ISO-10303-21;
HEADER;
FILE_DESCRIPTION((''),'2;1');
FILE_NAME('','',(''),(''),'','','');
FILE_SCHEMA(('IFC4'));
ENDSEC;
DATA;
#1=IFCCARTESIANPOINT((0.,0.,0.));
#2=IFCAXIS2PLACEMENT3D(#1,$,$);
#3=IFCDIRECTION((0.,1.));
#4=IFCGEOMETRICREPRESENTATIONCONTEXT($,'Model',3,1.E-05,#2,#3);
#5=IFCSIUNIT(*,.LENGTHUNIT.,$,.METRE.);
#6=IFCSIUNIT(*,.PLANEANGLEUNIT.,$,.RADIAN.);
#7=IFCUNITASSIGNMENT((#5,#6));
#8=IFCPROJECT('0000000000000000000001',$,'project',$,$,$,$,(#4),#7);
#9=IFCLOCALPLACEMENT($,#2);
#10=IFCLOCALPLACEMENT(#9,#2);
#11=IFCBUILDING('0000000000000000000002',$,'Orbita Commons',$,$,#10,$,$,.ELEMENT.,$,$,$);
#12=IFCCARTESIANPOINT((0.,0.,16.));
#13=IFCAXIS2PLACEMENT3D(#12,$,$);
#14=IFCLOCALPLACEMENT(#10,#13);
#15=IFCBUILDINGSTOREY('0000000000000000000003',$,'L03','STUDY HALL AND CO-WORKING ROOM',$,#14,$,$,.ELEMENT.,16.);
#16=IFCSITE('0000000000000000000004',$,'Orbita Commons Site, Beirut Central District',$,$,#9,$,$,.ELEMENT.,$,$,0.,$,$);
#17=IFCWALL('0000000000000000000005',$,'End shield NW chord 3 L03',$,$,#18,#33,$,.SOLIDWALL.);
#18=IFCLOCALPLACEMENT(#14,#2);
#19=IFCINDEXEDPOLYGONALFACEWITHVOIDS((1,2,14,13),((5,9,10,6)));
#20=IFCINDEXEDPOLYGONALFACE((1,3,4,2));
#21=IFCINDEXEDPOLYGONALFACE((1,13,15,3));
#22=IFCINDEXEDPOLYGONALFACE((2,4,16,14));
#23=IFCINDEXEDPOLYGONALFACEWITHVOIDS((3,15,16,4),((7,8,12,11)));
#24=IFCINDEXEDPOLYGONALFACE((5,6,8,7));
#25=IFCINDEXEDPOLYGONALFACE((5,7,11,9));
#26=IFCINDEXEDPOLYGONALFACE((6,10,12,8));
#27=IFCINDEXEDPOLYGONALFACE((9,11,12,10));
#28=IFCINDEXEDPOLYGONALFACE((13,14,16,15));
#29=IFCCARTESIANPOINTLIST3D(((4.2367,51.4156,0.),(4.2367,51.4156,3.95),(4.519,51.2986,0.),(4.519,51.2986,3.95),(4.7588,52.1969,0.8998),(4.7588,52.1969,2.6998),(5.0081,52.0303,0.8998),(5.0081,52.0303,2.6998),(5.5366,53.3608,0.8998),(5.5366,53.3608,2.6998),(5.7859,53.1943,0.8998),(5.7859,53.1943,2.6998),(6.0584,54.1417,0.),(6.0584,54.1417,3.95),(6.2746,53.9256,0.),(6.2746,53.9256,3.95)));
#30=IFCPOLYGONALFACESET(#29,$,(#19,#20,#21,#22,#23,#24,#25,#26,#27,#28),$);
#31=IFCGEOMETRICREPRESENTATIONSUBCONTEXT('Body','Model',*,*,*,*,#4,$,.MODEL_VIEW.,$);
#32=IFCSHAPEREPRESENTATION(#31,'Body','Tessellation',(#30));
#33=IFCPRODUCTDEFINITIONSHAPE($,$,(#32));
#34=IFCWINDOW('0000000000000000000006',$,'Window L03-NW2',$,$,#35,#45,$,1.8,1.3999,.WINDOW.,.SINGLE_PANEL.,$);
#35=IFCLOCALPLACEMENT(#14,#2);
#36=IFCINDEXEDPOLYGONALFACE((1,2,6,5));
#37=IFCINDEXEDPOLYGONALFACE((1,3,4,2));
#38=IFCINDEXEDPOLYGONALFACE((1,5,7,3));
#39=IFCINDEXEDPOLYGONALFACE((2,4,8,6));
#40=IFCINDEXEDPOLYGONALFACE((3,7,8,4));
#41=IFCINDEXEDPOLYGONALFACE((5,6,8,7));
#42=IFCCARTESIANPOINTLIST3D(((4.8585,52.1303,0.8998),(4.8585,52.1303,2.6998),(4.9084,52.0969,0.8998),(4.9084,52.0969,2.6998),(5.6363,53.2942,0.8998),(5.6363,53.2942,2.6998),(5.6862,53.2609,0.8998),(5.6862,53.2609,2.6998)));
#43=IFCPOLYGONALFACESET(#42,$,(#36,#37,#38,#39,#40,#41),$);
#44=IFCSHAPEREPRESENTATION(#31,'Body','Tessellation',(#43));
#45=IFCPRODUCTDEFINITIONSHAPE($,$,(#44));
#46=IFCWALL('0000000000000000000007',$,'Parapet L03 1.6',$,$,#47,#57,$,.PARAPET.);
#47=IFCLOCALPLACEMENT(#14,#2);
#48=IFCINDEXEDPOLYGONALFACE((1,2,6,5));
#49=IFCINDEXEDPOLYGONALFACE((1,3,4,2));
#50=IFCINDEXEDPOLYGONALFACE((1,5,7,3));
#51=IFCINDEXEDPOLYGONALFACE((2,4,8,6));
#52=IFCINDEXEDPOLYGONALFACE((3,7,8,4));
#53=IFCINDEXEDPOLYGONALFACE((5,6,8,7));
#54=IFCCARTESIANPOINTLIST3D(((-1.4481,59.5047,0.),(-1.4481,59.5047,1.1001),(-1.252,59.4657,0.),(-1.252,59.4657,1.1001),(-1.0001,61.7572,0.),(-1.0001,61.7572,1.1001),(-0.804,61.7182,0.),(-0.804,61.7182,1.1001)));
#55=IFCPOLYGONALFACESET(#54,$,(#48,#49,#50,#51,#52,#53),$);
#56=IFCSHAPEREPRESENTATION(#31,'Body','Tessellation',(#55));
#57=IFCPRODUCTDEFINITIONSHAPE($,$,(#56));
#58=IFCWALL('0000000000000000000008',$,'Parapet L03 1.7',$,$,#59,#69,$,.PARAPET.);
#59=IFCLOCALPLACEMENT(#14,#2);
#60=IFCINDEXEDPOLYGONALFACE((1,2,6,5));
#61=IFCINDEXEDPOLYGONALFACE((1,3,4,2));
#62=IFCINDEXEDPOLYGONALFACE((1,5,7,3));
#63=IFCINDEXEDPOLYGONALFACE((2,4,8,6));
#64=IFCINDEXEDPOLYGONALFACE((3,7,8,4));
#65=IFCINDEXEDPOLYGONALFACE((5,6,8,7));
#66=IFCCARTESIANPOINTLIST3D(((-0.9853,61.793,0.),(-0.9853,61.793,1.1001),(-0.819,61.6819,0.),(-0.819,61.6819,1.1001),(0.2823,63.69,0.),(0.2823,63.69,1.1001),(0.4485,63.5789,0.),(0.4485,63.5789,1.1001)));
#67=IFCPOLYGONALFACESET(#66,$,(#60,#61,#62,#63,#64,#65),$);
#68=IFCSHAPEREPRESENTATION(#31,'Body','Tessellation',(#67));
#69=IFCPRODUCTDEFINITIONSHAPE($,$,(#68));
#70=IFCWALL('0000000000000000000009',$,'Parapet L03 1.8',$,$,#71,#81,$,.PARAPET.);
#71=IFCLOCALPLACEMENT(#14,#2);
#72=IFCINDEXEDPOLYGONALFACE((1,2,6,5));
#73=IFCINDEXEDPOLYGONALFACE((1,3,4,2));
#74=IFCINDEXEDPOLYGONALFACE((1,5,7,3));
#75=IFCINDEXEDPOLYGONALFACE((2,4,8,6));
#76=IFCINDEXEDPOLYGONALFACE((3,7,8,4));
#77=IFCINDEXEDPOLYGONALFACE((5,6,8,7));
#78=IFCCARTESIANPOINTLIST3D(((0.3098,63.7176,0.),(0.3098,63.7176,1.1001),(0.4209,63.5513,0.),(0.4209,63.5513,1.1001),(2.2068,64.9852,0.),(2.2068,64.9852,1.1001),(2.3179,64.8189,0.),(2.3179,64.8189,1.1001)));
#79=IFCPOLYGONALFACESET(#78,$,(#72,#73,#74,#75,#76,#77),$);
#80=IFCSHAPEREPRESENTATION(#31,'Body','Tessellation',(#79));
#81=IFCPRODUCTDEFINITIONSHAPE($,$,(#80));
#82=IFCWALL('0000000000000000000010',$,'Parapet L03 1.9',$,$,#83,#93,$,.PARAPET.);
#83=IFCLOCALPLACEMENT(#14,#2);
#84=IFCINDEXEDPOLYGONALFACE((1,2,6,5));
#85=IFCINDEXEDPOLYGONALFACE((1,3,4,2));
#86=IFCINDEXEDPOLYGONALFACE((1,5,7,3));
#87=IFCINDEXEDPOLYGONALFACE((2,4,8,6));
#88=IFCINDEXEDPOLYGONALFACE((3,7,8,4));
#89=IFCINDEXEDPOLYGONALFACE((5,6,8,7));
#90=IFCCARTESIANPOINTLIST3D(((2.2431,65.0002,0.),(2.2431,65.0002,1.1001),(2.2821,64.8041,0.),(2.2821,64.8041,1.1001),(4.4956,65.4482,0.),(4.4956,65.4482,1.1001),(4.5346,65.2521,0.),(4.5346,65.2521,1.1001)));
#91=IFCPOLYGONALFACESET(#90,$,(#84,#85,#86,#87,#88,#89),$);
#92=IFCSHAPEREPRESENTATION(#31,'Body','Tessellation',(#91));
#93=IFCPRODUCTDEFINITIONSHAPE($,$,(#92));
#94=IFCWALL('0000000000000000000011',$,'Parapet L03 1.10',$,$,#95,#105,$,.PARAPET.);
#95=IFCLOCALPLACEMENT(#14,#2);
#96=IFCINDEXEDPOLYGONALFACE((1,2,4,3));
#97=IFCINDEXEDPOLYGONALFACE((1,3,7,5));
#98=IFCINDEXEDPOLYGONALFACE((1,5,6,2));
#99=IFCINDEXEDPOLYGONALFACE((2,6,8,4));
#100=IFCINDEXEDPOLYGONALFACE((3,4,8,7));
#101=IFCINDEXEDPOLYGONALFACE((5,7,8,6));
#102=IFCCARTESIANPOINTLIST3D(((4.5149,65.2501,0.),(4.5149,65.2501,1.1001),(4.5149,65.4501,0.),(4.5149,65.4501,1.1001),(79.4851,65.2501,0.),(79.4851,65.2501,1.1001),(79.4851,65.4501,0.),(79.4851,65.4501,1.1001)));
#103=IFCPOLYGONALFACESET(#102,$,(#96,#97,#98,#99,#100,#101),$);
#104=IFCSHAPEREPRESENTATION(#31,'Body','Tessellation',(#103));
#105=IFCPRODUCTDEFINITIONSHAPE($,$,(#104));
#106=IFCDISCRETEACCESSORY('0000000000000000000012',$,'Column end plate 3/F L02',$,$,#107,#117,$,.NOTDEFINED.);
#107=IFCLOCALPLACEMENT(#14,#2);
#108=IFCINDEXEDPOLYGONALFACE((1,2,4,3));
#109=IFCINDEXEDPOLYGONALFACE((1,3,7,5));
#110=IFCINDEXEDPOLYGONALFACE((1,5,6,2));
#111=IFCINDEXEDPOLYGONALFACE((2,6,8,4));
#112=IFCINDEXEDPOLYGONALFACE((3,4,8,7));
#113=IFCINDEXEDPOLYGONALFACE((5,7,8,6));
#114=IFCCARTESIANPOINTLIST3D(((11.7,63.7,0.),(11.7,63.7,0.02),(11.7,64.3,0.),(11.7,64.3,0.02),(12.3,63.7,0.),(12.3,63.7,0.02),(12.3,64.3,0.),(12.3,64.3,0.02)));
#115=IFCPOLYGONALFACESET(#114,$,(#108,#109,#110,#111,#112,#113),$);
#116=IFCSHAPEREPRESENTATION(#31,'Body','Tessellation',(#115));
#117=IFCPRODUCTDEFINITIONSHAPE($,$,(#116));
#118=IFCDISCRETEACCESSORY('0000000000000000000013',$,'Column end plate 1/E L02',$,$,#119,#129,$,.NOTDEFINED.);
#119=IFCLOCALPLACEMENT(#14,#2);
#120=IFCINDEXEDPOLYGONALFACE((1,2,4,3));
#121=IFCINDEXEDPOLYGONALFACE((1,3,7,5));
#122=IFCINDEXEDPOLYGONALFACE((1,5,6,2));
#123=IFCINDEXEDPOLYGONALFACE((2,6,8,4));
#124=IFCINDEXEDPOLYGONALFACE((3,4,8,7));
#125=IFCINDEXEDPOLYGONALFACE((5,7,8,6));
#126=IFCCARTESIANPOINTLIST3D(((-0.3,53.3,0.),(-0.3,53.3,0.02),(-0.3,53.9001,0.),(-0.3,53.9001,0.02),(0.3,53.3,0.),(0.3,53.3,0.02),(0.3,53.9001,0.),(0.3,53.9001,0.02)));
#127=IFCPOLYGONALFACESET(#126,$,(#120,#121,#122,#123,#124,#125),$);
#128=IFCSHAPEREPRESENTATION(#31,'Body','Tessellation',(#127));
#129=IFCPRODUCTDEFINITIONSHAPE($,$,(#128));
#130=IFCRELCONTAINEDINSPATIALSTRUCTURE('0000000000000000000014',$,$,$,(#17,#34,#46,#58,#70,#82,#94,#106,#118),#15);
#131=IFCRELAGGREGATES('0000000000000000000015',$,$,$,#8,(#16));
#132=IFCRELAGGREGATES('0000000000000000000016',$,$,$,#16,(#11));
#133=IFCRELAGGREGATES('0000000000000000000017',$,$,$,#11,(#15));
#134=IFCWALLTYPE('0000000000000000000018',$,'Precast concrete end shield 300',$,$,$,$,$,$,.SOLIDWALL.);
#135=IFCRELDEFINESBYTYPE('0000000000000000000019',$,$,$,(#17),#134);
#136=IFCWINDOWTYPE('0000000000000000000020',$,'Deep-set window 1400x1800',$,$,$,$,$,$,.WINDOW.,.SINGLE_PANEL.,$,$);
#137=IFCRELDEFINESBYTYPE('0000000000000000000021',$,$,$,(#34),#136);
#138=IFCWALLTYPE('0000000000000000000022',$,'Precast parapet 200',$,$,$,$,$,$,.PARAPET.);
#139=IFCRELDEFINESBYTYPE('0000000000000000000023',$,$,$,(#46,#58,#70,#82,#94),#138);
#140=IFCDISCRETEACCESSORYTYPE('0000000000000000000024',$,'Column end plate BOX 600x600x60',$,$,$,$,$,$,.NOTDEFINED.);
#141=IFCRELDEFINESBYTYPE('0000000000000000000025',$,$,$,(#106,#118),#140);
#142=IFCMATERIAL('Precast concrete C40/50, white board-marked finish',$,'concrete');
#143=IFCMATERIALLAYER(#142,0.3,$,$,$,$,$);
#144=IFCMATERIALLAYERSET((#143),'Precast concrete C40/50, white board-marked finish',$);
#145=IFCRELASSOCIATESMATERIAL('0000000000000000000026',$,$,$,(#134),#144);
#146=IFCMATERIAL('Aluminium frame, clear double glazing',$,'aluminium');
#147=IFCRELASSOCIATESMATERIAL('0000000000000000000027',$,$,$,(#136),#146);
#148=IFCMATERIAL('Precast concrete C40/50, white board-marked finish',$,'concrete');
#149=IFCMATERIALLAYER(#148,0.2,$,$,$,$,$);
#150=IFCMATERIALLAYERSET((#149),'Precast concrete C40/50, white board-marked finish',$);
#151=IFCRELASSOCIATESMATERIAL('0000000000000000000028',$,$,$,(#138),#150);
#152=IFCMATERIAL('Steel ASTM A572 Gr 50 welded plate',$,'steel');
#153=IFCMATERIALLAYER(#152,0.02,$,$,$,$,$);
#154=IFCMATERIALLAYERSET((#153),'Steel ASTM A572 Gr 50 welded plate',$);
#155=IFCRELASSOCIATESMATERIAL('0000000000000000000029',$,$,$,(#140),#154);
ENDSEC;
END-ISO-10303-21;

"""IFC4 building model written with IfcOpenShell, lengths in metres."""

from ifc_helpers import new_model, si_unit, direction, frame, frame_2d, origin, origin_2d, place, context, subcontext, project, spatial, polyline, rectangle, outline, extrude, material, layer, layer_set, type_object, element, fill, save


model = new_model("IFC4")

# Units and contexts
model_context = context("Model", 3, precision=1e-05, world=origin(), true_north=direction((0.0, 1.0)))
body_context = subcontext(model_context, "Body", "Model", "MODEL_VIEW")
ifc_project = project(units=[si_unit("LENGTHUNIT", "METRE"), si_unit("PLANEANGLEUNIT", "RADIAN")], contexts=[model_context])

# Site, building, storey
site_placement = place(None, origin())
site = spatial("IfcSite", under=ifc_project, at=site_placement, Name="Orbita Commons Site, Beirut Central District", CompositionType="ELEMENT", RefElevation=0.0)
building_placement = place(site_placement, origin())
building = spatial("IfcBuilding", under=site, at=building_placement, Name="Orbita Commons", CompositionType="ELEMENT")
storey_placement = place(building_placement, frame((0.0, 0.0, 16.0)))
storey = spatial("IfcBuildingStorey", under=building, at=storey_placement, Name="L03", Description="STUDY HALL AND CO-WORKING ROOM", CompositionType="ELEMENT", Elevation=16.0)

# Wall, opening, window
ifc_material_1 = material(Name="Precast concrete C40/50, white board-marked finish", Category="concrete")
ifc_layer_1 = layer(ifc_material_1, 0.3)
ifc_layer_set_1 = layer_set([ifc_layer_1], Name="Precast concrete C40/50, white board-marked finish")
wall_type_1 = type_object("IfcWallType", Name="Precast concrete end shield 300", PredefinedType="SOLIDWALL", material=ifc_layer_set_1)
ifc_material_2 = material(Name="Aluminium frame, clear double glazing", Category="aluminium")
window_type = type_object("IfcWindowType", Name="Deep-set window 1400x1800", PartitioningType="SINGLE_PANEL", PredefinedType="WINDOW", material=ifc_material_2)
wall_1_placement = place(storey_placement, frame((6.1665, 54.0337, 0.0), z_axis=(0.0, 0.0, 1.0), x_axis=(-0.55561, -0.831443, 0.0)))
wall_1 = element("IfcWall", 1, at=wall_1_placement, inside=storey, type_object=wall_type_1, Name="End shield NW chord 3 L03", PredefinedType="SOLIDWALL", context=body_context, shape_type="SweptSolid", body=[
    extrude(outline(polyline([(-0.0298, -0.1499), (3.249, -0.1499), (3.1895, 0.1499), (0.0298, 0.1499), (-0.0298, -0.1499)])), origin(), (0.0, 0.0, 1.0), 3.95),
])
opening_1_placement = place(wall_1_placement, frame((0.9094, 0.0, 0.8999)))
opening_1 = element("IfcOpeningElement", 2, at=opening_1_placement, cuts=wall_1, PredefinedType="OPENING", context=body_context, shape_type="SweptSolid", body=[
    extrude(rectangle(XDim=1.3999, YDim=1.8, at=frame_2d((0.7, 0.8999))), frame((0.0, 0.1599, 0.0), z_axis=(0.0, -1.0, 0.0), x_axis=(1.0, 0.0, 0.0)), (0.0, 0.0, 1.0), 0.3201),
])
window_1_placement = place(opening_1_placement, origin())
window_1 = element("IfcWindow", 3, at=window_1_placement, inside=storey, type_object=window_type, Name="Window L03-NW2", OverallHeight=1.8, OverallWidth=1.3999, PartitioningType="SINGLE_PANEL", PredefinedType="WINDOW", context=body_context, shape_type="SweptSolid", body=[
    extrude(rectangle(XDim=1.3999, YDim=1.8, at=frame_2d((0.7, 0.8999))), frame((0.0, 0.03, 0.0), z_axis=(0.0, -1.0, 0.0), x_axis=(1.0, 0.0, 0.0)), (0.0, 0.0, 1.0), 0.0601),
])
fill(opening_1, window_1)

# Walls
ifc_material_3 = material(Name="Precast concrete C40/50, white board-marked finish", Category="concrete")
ifc_layer_2 = layer(ifc_material_3, 0.2)
ifc_layer_set_2 = layer_set([ifc_layer_2], Name="Precast concrete C40/50, white board-marked finish")
wall_type_2 = type_object("IfcWallType", Name="Precast parapet 200", PredefinedType="PARAPET", material=ifc_layer_set_2)
wall_2_placement = place(storey_placement, frame((-1.3501, 59.4851, 0.0), z_axis=(0.0, 0.0, 1.0), x_axis=(0.195073, 0.980789, 0.0)))
element("IfcWall", 4, at=wall_2_placement, inside=storey, type_object=wall_type_2, Name="Parapet L03 1.6", PredefinedType="PARAPET", context=body_context, shape_type="SweptSolid", body=[
    extrude(rectangle(XDim=2.2966, YDim=0.2, at=frame_2d((1.1484, 0.0))), origin(), (0.0, 0.0, 1.0), 1.1001),
])
for number, where, z_axis, x_axis, name in (
    (5, (-0.9021, 61.7375, 0.0), (0.0, 0.0, 1.0), (0.555589, 0.831457, 0.0), "Parapet L03 1.7"),
    (6, (0.3655, 63.6345, 0.0), (0.0, 0.0, 1.0), (0.831457, 0.555589, 0.0), "Parapet L03 1.8"),
):
    element("IfcWall", number, at=place(storey_placement, frame(where, z_axis=z_axis, x_axis=x_axis)), inside=storey, type_object=wall_type_2, Name=name, PredefinedType="PARAPET", context=body_context, shape_type="SweptSolid", body=[
        extrude(rectangle(XDim=2.2815, YDim=0.2, at=frame_2d((1.1406, 0.0))), origin(), (0.0, 0.0, 1.0), 1.1001),
    ])
wall_3_placement = place(storey_placement, frame((2.2625, 64.9021, 0.0), z_axis=(0.0, 0.0, 1.0), x_axis=(0.980789, 0.195073, 0.0)))
element("IfcWall", 7, at=wall_3_placement, inside=storey, type_object=wall_type_2, Name="Parapet L03 1.9", PredefinedType="PARAPET", context=body_context, shape_type="SweptSolid", body=[
    extrude(rectangle(XDim=2.2966, YDim=0.2, at=frame_2d((1.1484, 0.0))), origin(), (0.0, 0.0, 1.0), 1.1001),
])
wall_4_placement = place(storey_placement, frame((4.5149, 65.3501, 0.0), z_axis=(0.0, 0.0, 1.0), x_axis=(1.0, 0.0, 0.0)))
element("IfcWall", 8, at=wall_4_placement, inside=storey, type_object=wall_type_2, Name="Parapet L03 1.10", PredefinedType="PARAPET", context=body_context, shape_type="SweptSolid", body=[
    extrude(rectangle(XDim=74.9702, YDim=0.2, at=frame_2d((37.4851, 0.0))), origin(), (0.0, 0.0, 1.0), 1.1001),
])

# Discrete accessories
ifc_material_4 = material(Name="Steel ASTM A572 Gr 50 welded plate", Category="steel")
ifc_layer_3 = layer(ifc_material_4, 0.02)
ifc_layer_set_3 = layer_set([ifc_layer_3], Name="Steel ASTM A572 Gr 50 welded plate")
discrete_accessory_type = type_object("IfcDiscreteAccessoryType", Name="Column end plate BOX 600x600x60", PredefinedType="NOTDEFINED", material=ifc_layer_set_3)
for number, where, z_axis, x_axis, name in (
    (9, (12.0, 64.0, 0.0), (0.0, 0.0, 1.0), (1.0, 0.0, 0.0), "Column end plate 3/F L02"),
    (10, (0.0, 53.6001, 0.0), (0.0, 0.0, 1.0), (1.0, 0.0, 0.0), "Column end plate 1/E L02"),
):
    element("IfcDiscreteAccessory", number, at=place(storey_placement, frame(where, z_axis=z_axis, x_axis=x_axis)), inside=storey, type_object=discrete_accessory_type, Name=name, PredefinedType="NOTDEFINED", context=body_context, shape_type="SweptSolid", body=[
        extrude(rectangle(XDim=0.6001, YDim=0.6001, at=origin_2d()), origin(), (0.0, 0.0, 1.0), 0.02),
    ])

save(model, "model.ifc")
